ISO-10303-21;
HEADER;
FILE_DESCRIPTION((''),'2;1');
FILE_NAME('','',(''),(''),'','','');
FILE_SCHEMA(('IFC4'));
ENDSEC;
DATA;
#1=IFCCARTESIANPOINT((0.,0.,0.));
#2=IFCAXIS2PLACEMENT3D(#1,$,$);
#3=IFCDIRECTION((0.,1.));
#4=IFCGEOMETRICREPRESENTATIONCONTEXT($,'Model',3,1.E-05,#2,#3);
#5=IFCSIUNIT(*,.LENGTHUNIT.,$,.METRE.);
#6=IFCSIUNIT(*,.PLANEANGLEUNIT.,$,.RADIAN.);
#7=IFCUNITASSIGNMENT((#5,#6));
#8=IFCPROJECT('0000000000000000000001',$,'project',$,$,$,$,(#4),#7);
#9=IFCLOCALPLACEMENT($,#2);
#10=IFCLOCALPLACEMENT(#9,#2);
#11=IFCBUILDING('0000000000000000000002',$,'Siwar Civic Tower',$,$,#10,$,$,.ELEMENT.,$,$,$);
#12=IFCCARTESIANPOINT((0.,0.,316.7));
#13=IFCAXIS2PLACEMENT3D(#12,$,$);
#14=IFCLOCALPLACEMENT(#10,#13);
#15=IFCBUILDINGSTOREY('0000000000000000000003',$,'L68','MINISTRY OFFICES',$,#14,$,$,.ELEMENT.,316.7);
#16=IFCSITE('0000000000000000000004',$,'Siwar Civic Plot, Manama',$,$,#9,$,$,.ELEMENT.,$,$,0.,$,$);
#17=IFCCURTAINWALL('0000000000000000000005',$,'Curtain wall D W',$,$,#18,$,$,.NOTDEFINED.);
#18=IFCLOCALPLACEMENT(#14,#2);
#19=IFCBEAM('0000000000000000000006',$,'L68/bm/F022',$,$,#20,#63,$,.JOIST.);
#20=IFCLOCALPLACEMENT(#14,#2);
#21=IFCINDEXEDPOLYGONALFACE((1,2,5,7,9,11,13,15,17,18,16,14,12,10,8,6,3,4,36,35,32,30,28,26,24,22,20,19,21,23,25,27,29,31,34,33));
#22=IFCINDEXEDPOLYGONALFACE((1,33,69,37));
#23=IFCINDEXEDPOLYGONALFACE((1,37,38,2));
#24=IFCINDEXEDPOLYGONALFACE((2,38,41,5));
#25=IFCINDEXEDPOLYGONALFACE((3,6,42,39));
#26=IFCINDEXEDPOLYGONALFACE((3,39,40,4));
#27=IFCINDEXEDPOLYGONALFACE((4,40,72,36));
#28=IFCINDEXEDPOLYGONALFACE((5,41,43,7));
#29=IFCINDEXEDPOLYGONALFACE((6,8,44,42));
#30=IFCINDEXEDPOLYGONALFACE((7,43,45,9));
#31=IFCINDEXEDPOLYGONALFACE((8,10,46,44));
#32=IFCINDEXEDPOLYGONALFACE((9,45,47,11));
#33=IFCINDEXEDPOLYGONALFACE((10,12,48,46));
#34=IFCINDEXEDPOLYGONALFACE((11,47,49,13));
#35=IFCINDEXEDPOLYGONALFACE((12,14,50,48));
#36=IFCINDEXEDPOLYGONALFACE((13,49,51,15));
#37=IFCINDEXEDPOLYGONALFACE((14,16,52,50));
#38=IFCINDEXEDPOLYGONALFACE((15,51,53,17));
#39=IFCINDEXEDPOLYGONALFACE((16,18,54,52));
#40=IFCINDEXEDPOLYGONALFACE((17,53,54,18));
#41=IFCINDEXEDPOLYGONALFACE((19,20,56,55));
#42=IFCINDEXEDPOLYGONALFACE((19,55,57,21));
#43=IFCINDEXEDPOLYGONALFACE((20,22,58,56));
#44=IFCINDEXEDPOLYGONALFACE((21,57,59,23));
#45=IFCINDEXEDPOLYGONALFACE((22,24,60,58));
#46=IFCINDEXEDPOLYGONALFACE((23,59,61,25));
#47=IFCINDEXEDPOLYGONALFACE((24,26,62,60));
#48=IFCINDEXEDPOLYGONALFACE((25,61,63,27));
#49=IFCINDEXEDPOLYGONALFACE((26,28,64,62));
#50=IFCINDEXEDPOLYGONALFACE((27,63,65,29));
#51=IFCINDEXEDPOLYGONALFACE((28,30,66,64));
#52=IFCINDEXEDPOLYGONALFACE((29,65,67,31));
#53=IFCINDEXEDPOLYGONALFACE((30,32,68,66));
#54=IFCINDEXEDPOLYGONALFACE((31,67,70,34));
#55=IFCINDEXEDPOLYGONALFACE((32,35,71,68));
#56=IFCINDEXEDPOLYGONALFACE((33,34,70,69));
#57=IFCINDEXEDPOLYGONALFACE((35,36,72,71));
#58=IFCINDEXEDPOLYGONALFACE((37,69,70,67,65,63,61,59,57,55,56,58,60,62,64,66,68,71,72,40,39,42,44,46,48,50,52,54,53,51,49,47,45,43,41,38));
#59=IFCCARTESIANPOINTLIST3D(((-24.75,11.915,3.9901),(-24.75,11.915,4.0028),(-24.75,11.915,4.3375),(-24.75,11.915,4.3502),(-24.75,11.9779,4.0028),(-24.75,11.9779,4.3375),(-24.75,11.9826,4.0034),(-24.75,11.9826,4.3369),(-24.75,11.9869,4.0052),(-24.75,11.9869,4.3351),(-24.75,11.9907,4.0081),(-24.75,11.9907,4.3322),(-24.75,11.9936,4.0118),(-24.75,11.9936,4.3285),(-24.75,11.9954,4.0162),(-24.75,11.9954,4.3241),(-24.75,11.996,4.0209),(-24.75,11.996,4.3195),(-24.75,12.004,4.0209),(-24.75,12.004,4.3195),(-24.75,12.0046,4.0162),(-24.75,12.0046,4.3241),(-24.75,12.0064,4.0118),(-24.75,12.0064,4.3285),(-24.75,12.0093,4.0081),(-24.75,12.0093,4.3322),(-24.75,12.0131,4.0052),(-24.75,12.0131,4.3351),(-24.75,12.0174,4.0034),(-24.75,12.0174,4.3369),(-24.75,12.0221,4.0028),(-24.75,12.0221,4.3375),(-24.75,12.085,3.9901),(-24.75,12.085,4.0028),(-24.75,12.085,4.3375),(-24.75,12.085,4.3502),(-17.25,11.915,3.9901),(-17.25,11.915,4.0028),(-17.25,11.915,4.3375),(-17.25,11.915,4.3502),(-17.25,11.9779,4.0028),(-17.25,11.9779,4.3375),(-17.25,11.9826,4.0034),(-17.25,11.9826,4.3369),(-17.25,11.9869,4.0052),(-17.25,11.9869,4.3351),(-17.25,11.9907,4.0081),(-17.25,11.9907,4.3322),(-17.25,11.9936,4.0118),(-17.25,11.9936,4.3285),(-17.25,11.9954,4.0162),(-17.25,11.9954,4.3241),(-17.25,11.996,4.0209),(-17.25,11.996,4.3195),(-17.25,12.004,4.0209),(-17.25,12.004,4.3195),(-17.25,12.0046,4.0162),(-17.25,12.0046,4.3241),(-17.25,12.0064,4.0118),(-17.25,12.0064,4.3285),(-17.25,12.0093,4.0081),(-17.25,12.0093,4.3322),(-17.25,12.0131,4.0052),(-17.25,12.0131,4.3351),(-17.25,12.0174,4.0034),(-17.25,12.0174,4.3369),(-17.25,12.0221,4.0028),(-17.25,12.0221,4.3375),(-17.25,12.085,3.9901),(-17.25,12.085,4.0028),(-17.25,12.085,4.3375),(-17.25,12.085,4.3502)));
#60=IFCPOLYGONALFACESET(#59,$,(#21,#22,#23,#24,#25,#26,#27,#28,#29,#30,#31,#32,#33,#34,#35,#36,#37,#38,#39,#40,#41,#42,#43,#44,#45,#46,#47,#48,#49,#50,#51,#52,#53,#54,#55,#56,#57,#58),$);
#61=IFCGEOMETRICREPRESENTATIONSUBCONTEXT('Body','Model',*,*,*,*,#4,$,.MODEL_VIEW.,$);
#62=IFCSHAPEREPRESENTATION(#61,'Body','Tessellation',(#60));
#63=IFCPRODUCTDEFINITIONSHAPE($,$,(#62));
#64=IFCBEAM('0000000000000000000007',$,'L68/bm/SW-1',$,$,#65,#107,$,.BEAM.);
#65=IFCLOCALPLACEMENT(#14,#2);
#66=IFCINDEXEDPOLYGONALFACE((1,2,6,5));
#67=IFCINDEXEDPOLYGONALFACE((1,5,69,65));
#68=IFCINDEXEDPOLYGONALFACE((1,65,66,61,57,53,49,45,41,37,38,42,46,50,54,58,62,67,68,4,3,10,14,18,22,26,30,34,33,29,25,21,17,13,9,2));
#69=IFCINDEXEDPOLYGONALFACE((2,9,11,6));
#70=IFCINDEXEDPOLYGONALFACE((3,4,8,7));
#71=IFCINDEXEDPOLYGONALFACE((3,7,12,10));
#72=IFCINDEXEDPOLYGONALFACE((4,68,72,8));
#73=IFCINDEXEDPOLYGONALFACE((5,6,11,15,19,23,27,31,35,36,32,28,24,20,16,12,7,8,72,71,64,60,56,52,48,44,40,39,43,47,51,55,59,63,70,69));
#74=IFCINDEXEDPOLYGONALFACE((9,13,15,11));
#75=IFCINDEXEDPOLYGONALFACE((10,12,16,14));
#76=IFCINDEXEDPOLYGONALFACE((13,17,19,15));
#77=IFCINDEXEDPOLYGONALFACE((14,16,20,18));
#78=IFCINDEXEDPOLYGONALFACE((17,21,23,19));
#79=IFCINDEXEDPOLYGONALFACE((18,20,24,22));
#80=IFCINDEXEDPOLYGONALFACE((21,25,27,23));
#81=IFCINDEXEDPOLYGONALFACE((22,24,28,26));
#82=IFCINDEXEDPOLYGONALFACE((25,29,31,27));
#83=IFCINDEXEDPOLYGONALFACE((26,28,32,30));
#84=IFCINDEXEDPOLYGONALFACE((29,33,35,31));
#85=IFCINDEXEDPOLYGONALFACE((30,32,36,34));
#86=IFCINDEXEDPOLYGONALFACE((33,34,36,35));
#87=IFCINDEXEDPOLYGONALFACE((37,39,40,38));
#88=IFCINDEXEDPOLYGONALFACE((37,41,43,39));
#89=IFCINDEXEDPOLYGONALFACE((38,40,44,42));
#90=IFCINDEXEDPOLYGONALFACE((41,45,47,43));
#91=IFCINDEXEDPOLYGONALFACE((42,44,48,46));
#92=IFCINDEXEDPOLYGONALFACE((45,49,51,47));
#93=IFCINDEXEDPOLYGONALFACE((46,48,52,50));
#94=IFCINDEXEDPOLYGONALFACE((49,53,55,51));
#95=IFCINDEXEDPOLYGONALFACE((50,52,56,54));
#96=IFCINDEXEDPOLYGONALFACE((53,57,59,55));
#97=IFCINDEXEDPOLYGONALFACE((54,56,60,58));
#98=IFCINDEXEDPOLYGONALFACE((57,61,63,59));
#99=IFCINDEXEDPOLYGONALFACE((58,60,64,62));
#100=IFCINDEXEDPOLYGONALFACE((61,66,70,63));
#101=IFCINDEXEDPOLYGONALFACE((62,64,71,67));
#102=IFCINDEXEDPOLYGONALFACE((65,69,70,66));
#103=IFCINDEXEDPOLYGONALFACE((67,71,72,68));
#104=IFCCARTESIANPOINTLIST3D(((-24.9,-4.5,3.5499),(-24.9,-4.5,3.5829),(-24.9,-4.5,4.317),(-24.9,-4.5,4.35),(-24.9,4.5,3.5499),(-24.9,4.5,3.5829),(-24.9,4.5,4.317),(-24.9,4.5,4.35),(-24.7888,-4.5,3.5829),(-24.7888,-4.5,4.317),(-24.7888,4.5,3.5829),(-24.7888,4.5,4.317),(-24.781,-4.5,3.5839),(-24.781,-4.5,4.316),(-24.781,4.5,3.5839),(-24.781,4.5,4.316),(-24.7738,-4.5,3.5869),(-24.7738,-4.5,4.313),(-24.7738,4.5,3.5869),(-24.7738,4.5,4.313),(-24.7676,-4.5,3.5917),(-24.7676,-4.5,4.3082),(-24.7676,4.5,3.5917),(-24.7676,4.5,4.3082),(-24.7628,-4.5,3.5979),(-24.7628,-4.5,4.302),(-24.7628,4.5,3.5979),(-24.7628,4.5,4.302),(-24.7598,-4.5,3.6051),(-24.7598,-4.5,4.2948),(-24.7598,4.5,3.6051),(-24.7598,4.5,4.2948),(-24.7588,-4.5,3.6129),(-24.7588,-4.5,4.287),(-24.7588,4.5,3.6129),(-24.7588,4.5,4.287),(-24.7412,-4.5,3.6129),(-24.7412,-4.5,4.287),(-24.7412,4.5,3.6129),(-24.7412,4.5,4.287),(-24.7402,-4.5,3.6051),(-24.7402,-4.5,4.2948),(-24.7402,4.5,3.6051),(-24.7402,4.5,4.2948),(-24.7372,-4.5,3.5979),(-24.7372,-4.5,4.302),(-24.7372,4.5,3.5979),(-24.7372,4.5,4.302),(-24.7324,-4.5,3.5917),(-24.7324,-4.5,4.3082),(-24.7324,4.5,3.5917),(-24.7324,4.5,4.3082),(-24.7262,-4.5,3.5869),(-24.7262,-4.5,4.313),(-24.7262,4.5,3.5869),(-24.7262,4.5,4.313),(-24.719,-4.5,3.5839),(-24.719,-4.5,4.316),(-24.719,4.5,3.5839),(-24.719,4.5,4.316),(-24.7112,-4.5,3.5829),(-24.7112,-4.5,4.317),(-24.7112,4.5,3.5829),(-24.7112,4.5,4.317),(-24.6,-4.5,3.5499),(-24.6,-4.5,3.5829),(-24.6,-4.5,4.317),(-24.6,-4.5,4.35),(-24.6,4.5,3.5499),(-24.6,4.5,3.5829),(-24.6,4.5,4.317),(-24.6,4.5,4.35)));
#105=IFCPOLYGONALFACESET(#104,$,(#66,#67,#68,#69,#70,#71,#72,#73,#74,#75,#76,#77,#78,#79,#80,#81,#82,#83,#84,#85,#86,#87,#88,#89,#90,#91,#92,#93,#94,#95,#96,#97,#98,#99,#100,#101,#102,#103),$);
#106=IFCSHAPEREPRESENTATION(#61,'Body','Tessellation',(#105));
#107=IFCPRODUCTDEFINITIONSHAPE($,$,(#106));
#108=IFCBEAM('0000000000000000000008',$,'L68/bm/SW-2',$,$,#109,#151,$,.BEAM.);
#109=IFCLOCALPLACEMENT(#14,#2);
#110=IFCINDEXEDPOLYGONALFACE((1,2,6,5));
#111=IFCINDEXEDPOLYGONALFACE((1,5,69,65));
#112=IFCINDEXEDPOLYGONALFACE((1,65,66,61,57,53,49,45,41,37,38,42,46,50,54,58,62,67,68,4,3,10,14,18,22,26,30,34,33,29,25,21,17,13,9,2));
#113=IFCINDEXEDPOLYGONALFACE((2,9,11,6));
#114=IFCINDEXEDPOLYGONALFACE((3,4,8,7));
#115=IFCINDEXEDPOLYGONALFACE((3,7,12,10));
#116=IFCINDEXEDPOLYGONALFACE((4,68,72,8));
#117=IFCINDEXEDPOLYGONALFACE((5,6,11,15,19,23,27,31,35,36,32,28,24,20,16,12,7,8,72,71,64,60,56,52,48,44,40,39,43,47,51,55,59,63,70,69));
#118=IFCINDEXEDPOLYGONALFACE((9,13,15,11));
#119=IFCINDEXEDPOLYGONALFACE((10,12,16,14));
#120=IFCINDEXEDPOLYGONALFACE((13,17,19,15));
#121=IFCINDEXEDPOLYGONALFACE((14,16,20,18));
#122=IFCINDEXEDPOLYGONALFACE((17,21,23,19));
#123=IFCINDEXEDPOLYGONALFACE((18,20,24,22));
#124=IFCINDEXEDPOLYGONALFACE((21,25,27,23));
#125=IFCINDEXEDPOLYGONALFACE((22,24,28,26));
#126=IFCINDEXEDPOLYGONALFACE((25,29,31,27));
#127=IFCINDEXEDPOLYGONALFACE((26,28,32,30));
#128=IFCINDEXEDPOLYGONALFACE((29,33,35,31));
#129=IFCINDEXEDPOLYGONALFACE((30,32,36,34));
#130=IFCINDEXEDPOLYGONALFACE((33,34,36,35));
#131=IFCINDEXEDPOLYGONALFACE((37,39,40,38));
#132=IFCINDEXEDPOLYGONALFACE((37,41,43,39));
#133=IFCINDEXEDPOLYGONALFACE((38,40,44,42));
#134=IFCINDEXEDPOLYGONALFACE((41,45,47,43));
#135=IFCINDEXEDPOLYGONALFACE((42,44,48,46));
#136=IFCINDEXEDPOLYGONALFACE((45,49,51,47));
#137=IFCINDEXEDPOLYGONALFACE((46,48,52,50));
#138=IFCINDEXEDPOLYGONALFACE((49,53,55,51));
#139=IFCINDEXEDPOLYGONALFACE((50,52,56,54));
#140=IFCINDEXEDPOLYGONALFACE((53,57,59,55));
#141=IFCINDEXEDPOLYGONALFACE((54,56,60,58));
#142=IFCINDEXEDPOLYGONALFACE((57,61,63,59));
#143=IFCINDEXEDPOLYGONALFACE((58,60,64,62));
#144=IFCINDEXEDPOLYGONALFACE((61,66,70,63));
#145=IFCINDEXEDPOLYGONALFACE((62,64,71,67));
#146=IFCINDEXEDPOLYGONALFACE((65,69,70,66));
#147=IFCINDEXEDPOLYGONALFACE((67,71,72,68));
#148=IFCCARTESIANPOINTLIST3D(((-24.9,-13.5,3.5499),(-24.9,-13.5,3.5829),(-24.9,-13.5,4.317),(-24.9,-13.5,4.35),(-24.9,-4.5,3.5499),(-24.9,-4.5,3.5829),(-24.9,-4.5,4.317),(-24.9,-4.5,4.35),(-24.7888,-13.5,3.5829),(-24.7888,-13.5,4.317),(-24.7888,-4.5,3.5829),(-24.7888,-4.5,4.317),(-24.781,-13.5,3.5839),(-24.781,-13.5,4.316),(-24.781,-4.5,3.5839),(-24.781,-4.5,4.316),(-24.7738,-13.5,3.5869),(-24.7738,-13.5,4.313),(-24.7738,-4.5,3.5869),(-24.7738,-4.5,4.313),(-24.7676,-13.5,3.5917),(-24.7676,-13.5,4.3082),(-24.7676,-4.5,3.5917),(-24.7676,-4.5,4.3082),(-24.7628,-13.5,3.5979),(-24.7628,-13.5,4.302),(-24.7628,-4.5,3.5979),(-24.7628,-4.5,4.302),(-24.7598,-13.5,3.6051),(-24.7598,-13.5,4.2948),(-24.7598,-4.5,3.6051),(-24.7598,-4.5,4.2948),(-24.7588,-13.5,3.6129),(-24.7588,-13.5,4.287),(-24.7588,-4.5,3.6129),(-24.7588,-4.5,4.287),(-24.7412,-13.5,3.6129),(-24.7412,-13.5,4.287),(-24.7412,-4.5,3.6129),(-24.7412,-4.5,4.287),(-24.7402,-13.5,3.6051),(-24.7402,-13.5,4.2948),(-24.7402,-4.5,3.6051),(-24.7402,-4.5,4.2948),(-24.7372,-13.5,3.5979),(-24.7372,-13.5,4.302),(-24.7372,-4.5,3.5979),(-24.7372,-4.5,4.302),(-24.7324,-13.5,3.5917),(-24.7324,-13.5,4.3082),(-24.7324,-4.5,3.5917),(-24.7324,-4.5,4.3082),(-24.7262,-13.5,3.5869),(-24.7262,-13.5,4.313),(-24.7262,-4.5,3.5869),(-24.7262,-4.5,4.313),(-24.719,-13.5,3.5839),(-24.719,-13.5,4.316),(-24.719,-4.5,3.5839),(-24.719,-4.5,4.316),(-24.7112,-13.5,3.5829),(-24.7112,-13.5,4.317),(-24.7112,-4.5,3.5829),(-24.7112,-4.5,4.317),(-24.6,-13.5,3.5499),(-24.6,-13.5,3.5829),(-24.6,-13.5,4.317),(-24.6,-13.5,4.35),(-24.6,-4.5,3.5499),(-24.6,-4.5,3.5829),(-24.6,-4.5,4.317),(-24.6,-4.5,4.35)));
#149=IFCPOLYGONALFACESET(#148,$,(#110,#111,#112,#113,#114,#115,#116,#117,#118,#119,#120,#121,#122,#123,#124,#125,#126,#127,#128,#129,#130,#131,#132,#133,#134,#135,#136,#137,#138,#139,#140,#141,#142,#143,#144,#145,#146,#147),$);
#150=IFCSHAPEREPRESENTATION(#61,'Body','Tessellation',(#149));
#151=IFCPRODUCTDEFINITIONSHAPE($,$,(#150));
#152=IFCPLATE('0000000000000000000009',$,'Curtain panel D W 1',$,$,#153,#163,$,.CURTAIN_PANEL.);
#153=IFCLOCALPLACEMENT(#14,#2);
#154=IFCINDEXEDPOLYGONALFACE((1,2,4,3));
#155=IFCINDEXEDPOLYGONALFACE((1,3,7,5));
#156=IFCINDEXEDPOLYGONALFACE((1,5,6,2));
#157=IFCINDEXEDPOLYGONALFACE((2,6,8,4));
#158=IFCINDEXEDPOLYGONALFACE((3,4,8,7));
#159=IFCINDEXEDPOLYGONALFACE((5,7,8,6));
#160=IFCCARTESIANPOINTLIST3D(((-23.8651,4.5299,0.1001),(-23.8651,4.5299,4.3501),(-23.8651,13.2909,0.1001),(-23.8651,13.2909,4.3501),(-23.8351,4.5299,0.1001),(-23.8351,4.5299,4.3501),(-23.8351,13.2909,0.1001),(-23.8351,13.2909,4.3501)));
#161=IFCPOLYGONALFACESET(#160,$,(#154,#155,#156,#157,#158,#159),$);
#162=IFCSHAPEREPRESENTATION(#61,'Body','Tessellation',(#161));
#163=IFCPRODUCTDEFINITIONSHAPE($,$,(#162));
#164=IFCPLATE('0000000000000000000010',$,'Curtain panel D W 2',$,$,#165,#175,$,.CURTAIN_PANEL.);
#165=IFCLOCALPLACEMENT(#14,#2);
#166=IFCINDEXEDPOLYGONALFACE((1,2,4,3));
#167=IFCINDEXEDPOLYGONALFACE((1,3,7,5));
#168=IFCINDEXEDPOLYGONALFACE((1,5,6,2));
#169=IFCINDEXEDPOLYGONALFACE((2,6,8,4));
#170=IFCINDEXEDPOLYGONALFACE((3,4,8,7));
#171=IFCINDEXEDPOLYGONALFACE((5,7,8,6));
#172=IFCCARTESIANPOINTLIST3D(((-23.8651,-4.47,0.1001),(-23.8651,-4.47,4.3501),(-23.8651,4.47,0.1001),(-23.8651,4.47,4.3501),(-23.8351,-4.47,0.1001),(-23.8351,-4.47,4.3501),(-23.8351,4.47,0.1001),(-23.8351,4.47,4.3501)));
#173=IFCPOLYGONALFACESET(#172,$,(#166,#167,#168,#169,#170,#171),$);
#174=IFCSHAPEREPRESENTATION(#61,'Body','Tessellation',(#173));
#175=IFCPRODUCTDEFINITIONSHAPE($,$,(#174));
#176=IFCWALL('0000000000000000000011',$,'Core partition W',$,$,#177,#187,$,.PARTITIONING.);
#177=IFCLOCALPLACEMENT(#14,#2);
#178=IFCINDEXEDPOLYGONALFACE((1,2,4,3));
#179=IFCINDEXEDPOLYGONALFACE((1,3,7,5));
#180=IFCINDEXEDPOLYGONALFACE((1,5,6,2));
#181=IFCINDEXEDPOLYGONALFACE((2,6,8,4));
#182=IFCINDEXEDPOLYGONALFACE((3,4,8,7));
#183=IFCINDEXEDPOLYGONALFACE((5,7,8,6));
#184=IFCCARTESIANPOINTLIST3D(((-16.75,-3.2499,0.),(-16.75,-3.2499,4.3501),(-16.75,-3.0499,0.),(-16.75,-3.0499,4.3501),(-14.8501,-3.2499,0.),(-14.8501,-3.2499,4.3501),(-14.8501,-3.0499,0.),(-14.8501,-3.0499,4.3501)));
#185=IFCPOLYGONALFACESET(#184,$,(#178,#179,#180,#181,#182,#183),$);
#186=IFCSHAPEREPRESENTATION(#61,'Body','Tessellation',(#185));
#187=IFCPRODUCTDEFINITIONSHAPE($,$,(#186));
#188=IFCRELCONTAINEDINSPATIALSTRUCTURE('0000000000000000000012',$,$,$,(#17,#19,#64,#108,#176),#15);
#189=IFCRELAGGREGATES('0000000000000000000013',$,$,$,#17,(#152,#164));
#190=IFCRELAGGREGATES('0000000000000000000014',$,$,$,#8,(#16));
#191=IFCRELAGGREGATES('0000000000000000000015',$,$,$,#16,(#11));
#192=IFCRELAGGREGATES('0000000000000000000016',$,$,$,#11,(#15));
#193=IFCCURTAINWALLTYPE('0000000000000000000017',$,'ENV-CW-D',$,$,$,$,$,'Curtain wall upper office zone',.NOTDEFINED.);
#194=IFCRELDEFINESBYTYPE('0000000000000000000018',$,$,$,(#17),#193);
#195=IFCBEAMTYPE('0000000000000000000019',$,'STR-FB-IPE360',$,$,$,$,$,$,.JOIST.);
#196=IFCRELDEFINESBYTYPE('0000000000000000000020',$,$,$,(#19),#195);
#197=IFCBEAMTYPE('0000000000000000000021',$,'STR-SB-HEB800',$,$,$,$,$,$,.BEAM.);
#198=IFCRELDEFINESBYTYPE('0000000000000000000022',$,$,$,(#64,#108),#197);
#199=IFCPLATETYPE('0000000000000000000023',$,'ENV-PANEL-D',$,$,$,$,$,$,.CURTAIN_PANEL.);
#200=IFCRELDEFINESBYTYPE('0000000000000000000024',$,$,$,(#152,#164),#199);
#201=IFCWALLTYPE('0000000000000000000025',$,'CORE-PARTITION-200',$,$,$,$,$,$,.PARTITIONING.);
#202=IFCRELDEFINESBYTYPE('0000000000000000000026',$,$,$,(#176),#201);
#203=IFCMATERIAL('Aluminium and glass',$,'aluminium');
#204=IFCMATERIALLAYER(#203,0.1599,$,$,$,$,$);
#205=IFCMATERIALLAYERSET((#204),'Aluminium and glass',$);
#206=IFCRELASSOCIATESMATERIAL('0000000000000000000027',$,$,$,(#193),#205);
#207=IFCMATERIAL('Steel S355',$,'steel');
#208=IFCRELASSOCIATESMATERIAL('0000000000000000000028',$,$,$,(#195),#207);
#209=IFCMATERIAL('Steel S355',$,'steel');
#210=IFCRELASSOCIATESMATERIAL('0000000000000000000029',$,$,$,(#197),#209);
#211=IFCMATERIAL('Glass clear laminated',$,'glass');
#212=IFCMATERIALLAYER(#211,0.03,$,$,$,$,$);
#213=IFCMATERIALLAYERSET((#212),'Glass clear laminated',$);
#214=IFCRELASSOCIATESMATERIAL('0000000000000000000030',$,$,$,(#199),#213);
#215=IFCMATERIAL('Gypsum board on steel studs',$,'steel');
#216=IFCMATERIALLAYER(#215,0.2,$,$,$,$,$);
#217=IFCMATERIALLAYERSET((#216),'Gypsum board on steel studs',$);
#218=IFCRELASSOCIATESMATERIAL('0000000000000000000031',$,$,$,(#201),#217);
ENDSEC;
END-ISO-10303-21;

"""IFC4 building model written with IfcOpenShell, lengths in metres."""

from ifc_helpers import new_model, si_unit, direction, frame, frame_2d, origin, origin_2d, place, context, subcontext, project, spatial, rectangle, i_section, extrude, material, layer, layer_set, material_profile, profile_set, type_object, element, aggregate, save


model = new_model("IFC4")

# Units and contexts
model_context = context("Model", 3, precision=1e-05, world=origin(), true_north=direction((0.0, 1.0)))
body_context = subcontext(model_context, "Body", "Model", "MODEL_VIEW")
ifc_project = project(units=[si_unit("LENGTHUNIT", "METRE"), si_unit("PLANEANGLEUNIT", "RADIAN")], contexts=[model_context])

# Site, building, storey
site_placement = place(None, origin())
site = spatial("IfcSite", under=ifc_project, at=site_placement, Name="Siwar Civic Plot, Manama", CompositionType="ELEMENT", RefElevation=0.0)
building_placement = place(site_placement, origin())
building = spatial("IfcBuilding", under=site, at=building_placement, Name="Siwar Civic Tower", CompositionType="ELEMENT")
storey_placement = place(building_placement, frame((0.0, 0.0, 316.7)))
storey = spatial("IfcBuildingStorey", under=building, at=storey_placement, Name="L68", Description="MINISTRY OFFICES", CompositionType="ELEMENT", Elevation=316.7)

# Curtain wall
ifc_material_1 = material(Name="Aluminium and glass", Category="aluminium")
ifc_layer_1 = layer(ifc_material_1, 0.1599)
ifc_layer_set_1 = layer_set([ifc_layer_1], Name="Aluminium and glass")
curtain_wall_type = type_object("IfcCurtainWallType", Name="ENV-CW-D", ElementType="Curtain wall upper office zone", PredefinedType="NOTDEFINED", material=ifc_layer_set_1)
curtain_wall_placement = place(storey_placement, origin())
curtain_wall = element("IfcCurtainWall", 1, at=curtain_wall_placement, inside=storey, type_object=curtain_wall_type, Name="Curtain wall D W", PredefinedType="NOTDEFINED")

# Beams
ifc_material_2 = material(Name="Steel S355", Category="steel")
ifc_material_profile_1 = material_profile(ifc_material_2, i_section(OverallWidth=0.1699, OverallDepth=0.3601, WebThickness=0.0081, FlangeThickness=0.0127, FilletRadius=0.0181, at=origin_2d()), Name="IPE360")
ifc_profile_set_1 = profile_set([ifc_material_profile_1], Name="Steel S355")
beam_type_1 = type_object("IfcBeamType", Name="STR-FB-IPE360", PredefinedType="JOIST", material=ifc_profile_set_1)
for number, where, z_axis, x_axis, name in (
    (2, (-24.75, 12.0, 4.1702), (1.0, 0.0, 0.0), (0.0, 1.0, 0.0), "L68/bm/F022"),
):
    element("IfcBeam", number, at=place(storey_placement, frame(where, z_axis=z_axis, x_axis=x_axis)), inside=storey, type_object=beam_type_1, Name=name, PredefinedType="JOIST", context=body_context, shape_type="SweptSolid", body=[
        extrude(i_section(OverallWidth=0.1699, OverallDepth=0.3601, WebThickness=0.0081, FlangeThickness=0.0127, FilletRadius=0.0181, at=origin_2d()), origin(), (0.0, 0.0, 1.0), 7.5),
    ])
ifc_material_3 = material(Name="Steel S355", Category="steel")
ifc_material_profile_2 = material_profile(ifc_material_3, i_section(OverallWidth=0.3, OverallDepth=0.8, WebThickness=0.0176, FlangeThickness=0.033, FilletRadius=0.03, at=origin_2d()), Name="HEB800")
ifc_profile_set_2 = profile_set([ifc_material_profile_2], Name="Steel S355")
beam_type_2 = type_object("IfcBeamType", Name="STR-SB-HEB800", PredefinedType="BEAM", material=ifc_profile_set_2)
for number, where, z_axis, x_axis, name in (
    (3, (-24.75, 4.5, 3.95), (0.0, -1.0, 0.0), (1.0, 0.0, 0.0), "L68/bm/SW-1"),
    (4, (-24.75, -4.5, 3.95), (0.0, -1.0, 0.0), (1.0, 0.0, 0.0), "L68/bm/SW-2"),
):
    element("IfcBeam", number, at=place(storey_placement, frame(where, z_axis=z_axis, x_axis=x_axis)), inside=storey, type_object=beam_type_2, Name=name, PredefinedType="BEAM", context=body_context, shape_type="SweptSolid", body=[
        extrude(i_section(OverallWidth=0.3, OverallDepth=0.8, WebThickness=0.0176, FlangeThickness=0.033, FilletRadius=0.03, at=origin_2d()), origin(), (0.0, 0.0, 1.0), 9.0),
    ])

# Plates
ifc_material_4 = material(Name="Glass clear laminated", Category="glass")
ifc_layer_2 = layer(ifc_material_4, 0.03)
ifc_layer_set_2 = layer_set([ifc_layer_2], Name="Glass clear laminated")
plate_type = type_object("IfcPlateType", Name="ENV-PANEL-D", PredefinedType="CURTAIN_PANEL", material=ifc_layer_set_2)
plate_1_placement = place(storey_placement, frame((-23.8501, 8.9104, 0.1001), z_axis=(0.0, 0.0, 1.0), x_axis=(0.0, -1.0, 0.0)))
plate_1 = element("IfcPlate", 5, at=plate_1_placement, type_object=plate_type, Name="Curtain panel D W 1", PredefinedType="CURTAIN_PANEL", context=body_context, shape_type="SweptSolid", body=[
    extrude(rectangle(XDim=8.761, YDim=0.03, at=origin_2d()), origin(), (0.0, 0.0, 1.0), 4.25),
])
plate_2_placement = place(storey_placement, frame((-23.8501, 0.0, 0.1001), z_axis=(0.0, 0.0, 1.0), x_axis=(0.0, -1.0, 0.0)))
plate_2 = element("IfcPlate", 6, at=plate_2_placement, type_object=plate_type, Name="Curtain panel D W 2", PredefinedType="CURTAIN_PANEL", context=body_context, shape_type="SweptSolid", body=[
    extrude(rectangle(XDim=8.9399, YDim=0.03, at=origin_2d()), origin(), (0.0, 0.0, 1.0), 4.25),
])
aggregate(curtain_wall, [plate_1, plate_2])

# Wall
ifc_material_5 = material(Name="Gypsum board on steel studs", Category="steel")
ifc_layer_3 = layer(ifc_material_5, 0.2)
ifc_layer_set_3 = layer_set([ifc_layer_3], Name="Gypsum board on steel studs")
wall_type_1 = type_object("IfcWallType", Name="CORE-PARTITION-200", PredefinedType="PARTITIONING", material=ifc_layer_set_3)
wall_1_placement = place(storey_placement, frame((-14.8501, -3.1499, 0.0), z_axis=(0.0, 0.0, 1.0), x_axis=(-1.0, 0.0, 0.0)))
element("IfcWall", 7, at=wall_1_placement, inside=storey, type_object=wall_type_1, Name="Core partition W", PredefinedType="PARTITIONING", context=body_context, shape_type="SweptSolid", body=[
    extrude(rectangle(XDim=1.8999, YDim=0.2, at=frame_2d((0.95, 0.0))), origin(), (0.0, 0.0, 1.0), 4.3501),
])

save(model, "model.ifc")
